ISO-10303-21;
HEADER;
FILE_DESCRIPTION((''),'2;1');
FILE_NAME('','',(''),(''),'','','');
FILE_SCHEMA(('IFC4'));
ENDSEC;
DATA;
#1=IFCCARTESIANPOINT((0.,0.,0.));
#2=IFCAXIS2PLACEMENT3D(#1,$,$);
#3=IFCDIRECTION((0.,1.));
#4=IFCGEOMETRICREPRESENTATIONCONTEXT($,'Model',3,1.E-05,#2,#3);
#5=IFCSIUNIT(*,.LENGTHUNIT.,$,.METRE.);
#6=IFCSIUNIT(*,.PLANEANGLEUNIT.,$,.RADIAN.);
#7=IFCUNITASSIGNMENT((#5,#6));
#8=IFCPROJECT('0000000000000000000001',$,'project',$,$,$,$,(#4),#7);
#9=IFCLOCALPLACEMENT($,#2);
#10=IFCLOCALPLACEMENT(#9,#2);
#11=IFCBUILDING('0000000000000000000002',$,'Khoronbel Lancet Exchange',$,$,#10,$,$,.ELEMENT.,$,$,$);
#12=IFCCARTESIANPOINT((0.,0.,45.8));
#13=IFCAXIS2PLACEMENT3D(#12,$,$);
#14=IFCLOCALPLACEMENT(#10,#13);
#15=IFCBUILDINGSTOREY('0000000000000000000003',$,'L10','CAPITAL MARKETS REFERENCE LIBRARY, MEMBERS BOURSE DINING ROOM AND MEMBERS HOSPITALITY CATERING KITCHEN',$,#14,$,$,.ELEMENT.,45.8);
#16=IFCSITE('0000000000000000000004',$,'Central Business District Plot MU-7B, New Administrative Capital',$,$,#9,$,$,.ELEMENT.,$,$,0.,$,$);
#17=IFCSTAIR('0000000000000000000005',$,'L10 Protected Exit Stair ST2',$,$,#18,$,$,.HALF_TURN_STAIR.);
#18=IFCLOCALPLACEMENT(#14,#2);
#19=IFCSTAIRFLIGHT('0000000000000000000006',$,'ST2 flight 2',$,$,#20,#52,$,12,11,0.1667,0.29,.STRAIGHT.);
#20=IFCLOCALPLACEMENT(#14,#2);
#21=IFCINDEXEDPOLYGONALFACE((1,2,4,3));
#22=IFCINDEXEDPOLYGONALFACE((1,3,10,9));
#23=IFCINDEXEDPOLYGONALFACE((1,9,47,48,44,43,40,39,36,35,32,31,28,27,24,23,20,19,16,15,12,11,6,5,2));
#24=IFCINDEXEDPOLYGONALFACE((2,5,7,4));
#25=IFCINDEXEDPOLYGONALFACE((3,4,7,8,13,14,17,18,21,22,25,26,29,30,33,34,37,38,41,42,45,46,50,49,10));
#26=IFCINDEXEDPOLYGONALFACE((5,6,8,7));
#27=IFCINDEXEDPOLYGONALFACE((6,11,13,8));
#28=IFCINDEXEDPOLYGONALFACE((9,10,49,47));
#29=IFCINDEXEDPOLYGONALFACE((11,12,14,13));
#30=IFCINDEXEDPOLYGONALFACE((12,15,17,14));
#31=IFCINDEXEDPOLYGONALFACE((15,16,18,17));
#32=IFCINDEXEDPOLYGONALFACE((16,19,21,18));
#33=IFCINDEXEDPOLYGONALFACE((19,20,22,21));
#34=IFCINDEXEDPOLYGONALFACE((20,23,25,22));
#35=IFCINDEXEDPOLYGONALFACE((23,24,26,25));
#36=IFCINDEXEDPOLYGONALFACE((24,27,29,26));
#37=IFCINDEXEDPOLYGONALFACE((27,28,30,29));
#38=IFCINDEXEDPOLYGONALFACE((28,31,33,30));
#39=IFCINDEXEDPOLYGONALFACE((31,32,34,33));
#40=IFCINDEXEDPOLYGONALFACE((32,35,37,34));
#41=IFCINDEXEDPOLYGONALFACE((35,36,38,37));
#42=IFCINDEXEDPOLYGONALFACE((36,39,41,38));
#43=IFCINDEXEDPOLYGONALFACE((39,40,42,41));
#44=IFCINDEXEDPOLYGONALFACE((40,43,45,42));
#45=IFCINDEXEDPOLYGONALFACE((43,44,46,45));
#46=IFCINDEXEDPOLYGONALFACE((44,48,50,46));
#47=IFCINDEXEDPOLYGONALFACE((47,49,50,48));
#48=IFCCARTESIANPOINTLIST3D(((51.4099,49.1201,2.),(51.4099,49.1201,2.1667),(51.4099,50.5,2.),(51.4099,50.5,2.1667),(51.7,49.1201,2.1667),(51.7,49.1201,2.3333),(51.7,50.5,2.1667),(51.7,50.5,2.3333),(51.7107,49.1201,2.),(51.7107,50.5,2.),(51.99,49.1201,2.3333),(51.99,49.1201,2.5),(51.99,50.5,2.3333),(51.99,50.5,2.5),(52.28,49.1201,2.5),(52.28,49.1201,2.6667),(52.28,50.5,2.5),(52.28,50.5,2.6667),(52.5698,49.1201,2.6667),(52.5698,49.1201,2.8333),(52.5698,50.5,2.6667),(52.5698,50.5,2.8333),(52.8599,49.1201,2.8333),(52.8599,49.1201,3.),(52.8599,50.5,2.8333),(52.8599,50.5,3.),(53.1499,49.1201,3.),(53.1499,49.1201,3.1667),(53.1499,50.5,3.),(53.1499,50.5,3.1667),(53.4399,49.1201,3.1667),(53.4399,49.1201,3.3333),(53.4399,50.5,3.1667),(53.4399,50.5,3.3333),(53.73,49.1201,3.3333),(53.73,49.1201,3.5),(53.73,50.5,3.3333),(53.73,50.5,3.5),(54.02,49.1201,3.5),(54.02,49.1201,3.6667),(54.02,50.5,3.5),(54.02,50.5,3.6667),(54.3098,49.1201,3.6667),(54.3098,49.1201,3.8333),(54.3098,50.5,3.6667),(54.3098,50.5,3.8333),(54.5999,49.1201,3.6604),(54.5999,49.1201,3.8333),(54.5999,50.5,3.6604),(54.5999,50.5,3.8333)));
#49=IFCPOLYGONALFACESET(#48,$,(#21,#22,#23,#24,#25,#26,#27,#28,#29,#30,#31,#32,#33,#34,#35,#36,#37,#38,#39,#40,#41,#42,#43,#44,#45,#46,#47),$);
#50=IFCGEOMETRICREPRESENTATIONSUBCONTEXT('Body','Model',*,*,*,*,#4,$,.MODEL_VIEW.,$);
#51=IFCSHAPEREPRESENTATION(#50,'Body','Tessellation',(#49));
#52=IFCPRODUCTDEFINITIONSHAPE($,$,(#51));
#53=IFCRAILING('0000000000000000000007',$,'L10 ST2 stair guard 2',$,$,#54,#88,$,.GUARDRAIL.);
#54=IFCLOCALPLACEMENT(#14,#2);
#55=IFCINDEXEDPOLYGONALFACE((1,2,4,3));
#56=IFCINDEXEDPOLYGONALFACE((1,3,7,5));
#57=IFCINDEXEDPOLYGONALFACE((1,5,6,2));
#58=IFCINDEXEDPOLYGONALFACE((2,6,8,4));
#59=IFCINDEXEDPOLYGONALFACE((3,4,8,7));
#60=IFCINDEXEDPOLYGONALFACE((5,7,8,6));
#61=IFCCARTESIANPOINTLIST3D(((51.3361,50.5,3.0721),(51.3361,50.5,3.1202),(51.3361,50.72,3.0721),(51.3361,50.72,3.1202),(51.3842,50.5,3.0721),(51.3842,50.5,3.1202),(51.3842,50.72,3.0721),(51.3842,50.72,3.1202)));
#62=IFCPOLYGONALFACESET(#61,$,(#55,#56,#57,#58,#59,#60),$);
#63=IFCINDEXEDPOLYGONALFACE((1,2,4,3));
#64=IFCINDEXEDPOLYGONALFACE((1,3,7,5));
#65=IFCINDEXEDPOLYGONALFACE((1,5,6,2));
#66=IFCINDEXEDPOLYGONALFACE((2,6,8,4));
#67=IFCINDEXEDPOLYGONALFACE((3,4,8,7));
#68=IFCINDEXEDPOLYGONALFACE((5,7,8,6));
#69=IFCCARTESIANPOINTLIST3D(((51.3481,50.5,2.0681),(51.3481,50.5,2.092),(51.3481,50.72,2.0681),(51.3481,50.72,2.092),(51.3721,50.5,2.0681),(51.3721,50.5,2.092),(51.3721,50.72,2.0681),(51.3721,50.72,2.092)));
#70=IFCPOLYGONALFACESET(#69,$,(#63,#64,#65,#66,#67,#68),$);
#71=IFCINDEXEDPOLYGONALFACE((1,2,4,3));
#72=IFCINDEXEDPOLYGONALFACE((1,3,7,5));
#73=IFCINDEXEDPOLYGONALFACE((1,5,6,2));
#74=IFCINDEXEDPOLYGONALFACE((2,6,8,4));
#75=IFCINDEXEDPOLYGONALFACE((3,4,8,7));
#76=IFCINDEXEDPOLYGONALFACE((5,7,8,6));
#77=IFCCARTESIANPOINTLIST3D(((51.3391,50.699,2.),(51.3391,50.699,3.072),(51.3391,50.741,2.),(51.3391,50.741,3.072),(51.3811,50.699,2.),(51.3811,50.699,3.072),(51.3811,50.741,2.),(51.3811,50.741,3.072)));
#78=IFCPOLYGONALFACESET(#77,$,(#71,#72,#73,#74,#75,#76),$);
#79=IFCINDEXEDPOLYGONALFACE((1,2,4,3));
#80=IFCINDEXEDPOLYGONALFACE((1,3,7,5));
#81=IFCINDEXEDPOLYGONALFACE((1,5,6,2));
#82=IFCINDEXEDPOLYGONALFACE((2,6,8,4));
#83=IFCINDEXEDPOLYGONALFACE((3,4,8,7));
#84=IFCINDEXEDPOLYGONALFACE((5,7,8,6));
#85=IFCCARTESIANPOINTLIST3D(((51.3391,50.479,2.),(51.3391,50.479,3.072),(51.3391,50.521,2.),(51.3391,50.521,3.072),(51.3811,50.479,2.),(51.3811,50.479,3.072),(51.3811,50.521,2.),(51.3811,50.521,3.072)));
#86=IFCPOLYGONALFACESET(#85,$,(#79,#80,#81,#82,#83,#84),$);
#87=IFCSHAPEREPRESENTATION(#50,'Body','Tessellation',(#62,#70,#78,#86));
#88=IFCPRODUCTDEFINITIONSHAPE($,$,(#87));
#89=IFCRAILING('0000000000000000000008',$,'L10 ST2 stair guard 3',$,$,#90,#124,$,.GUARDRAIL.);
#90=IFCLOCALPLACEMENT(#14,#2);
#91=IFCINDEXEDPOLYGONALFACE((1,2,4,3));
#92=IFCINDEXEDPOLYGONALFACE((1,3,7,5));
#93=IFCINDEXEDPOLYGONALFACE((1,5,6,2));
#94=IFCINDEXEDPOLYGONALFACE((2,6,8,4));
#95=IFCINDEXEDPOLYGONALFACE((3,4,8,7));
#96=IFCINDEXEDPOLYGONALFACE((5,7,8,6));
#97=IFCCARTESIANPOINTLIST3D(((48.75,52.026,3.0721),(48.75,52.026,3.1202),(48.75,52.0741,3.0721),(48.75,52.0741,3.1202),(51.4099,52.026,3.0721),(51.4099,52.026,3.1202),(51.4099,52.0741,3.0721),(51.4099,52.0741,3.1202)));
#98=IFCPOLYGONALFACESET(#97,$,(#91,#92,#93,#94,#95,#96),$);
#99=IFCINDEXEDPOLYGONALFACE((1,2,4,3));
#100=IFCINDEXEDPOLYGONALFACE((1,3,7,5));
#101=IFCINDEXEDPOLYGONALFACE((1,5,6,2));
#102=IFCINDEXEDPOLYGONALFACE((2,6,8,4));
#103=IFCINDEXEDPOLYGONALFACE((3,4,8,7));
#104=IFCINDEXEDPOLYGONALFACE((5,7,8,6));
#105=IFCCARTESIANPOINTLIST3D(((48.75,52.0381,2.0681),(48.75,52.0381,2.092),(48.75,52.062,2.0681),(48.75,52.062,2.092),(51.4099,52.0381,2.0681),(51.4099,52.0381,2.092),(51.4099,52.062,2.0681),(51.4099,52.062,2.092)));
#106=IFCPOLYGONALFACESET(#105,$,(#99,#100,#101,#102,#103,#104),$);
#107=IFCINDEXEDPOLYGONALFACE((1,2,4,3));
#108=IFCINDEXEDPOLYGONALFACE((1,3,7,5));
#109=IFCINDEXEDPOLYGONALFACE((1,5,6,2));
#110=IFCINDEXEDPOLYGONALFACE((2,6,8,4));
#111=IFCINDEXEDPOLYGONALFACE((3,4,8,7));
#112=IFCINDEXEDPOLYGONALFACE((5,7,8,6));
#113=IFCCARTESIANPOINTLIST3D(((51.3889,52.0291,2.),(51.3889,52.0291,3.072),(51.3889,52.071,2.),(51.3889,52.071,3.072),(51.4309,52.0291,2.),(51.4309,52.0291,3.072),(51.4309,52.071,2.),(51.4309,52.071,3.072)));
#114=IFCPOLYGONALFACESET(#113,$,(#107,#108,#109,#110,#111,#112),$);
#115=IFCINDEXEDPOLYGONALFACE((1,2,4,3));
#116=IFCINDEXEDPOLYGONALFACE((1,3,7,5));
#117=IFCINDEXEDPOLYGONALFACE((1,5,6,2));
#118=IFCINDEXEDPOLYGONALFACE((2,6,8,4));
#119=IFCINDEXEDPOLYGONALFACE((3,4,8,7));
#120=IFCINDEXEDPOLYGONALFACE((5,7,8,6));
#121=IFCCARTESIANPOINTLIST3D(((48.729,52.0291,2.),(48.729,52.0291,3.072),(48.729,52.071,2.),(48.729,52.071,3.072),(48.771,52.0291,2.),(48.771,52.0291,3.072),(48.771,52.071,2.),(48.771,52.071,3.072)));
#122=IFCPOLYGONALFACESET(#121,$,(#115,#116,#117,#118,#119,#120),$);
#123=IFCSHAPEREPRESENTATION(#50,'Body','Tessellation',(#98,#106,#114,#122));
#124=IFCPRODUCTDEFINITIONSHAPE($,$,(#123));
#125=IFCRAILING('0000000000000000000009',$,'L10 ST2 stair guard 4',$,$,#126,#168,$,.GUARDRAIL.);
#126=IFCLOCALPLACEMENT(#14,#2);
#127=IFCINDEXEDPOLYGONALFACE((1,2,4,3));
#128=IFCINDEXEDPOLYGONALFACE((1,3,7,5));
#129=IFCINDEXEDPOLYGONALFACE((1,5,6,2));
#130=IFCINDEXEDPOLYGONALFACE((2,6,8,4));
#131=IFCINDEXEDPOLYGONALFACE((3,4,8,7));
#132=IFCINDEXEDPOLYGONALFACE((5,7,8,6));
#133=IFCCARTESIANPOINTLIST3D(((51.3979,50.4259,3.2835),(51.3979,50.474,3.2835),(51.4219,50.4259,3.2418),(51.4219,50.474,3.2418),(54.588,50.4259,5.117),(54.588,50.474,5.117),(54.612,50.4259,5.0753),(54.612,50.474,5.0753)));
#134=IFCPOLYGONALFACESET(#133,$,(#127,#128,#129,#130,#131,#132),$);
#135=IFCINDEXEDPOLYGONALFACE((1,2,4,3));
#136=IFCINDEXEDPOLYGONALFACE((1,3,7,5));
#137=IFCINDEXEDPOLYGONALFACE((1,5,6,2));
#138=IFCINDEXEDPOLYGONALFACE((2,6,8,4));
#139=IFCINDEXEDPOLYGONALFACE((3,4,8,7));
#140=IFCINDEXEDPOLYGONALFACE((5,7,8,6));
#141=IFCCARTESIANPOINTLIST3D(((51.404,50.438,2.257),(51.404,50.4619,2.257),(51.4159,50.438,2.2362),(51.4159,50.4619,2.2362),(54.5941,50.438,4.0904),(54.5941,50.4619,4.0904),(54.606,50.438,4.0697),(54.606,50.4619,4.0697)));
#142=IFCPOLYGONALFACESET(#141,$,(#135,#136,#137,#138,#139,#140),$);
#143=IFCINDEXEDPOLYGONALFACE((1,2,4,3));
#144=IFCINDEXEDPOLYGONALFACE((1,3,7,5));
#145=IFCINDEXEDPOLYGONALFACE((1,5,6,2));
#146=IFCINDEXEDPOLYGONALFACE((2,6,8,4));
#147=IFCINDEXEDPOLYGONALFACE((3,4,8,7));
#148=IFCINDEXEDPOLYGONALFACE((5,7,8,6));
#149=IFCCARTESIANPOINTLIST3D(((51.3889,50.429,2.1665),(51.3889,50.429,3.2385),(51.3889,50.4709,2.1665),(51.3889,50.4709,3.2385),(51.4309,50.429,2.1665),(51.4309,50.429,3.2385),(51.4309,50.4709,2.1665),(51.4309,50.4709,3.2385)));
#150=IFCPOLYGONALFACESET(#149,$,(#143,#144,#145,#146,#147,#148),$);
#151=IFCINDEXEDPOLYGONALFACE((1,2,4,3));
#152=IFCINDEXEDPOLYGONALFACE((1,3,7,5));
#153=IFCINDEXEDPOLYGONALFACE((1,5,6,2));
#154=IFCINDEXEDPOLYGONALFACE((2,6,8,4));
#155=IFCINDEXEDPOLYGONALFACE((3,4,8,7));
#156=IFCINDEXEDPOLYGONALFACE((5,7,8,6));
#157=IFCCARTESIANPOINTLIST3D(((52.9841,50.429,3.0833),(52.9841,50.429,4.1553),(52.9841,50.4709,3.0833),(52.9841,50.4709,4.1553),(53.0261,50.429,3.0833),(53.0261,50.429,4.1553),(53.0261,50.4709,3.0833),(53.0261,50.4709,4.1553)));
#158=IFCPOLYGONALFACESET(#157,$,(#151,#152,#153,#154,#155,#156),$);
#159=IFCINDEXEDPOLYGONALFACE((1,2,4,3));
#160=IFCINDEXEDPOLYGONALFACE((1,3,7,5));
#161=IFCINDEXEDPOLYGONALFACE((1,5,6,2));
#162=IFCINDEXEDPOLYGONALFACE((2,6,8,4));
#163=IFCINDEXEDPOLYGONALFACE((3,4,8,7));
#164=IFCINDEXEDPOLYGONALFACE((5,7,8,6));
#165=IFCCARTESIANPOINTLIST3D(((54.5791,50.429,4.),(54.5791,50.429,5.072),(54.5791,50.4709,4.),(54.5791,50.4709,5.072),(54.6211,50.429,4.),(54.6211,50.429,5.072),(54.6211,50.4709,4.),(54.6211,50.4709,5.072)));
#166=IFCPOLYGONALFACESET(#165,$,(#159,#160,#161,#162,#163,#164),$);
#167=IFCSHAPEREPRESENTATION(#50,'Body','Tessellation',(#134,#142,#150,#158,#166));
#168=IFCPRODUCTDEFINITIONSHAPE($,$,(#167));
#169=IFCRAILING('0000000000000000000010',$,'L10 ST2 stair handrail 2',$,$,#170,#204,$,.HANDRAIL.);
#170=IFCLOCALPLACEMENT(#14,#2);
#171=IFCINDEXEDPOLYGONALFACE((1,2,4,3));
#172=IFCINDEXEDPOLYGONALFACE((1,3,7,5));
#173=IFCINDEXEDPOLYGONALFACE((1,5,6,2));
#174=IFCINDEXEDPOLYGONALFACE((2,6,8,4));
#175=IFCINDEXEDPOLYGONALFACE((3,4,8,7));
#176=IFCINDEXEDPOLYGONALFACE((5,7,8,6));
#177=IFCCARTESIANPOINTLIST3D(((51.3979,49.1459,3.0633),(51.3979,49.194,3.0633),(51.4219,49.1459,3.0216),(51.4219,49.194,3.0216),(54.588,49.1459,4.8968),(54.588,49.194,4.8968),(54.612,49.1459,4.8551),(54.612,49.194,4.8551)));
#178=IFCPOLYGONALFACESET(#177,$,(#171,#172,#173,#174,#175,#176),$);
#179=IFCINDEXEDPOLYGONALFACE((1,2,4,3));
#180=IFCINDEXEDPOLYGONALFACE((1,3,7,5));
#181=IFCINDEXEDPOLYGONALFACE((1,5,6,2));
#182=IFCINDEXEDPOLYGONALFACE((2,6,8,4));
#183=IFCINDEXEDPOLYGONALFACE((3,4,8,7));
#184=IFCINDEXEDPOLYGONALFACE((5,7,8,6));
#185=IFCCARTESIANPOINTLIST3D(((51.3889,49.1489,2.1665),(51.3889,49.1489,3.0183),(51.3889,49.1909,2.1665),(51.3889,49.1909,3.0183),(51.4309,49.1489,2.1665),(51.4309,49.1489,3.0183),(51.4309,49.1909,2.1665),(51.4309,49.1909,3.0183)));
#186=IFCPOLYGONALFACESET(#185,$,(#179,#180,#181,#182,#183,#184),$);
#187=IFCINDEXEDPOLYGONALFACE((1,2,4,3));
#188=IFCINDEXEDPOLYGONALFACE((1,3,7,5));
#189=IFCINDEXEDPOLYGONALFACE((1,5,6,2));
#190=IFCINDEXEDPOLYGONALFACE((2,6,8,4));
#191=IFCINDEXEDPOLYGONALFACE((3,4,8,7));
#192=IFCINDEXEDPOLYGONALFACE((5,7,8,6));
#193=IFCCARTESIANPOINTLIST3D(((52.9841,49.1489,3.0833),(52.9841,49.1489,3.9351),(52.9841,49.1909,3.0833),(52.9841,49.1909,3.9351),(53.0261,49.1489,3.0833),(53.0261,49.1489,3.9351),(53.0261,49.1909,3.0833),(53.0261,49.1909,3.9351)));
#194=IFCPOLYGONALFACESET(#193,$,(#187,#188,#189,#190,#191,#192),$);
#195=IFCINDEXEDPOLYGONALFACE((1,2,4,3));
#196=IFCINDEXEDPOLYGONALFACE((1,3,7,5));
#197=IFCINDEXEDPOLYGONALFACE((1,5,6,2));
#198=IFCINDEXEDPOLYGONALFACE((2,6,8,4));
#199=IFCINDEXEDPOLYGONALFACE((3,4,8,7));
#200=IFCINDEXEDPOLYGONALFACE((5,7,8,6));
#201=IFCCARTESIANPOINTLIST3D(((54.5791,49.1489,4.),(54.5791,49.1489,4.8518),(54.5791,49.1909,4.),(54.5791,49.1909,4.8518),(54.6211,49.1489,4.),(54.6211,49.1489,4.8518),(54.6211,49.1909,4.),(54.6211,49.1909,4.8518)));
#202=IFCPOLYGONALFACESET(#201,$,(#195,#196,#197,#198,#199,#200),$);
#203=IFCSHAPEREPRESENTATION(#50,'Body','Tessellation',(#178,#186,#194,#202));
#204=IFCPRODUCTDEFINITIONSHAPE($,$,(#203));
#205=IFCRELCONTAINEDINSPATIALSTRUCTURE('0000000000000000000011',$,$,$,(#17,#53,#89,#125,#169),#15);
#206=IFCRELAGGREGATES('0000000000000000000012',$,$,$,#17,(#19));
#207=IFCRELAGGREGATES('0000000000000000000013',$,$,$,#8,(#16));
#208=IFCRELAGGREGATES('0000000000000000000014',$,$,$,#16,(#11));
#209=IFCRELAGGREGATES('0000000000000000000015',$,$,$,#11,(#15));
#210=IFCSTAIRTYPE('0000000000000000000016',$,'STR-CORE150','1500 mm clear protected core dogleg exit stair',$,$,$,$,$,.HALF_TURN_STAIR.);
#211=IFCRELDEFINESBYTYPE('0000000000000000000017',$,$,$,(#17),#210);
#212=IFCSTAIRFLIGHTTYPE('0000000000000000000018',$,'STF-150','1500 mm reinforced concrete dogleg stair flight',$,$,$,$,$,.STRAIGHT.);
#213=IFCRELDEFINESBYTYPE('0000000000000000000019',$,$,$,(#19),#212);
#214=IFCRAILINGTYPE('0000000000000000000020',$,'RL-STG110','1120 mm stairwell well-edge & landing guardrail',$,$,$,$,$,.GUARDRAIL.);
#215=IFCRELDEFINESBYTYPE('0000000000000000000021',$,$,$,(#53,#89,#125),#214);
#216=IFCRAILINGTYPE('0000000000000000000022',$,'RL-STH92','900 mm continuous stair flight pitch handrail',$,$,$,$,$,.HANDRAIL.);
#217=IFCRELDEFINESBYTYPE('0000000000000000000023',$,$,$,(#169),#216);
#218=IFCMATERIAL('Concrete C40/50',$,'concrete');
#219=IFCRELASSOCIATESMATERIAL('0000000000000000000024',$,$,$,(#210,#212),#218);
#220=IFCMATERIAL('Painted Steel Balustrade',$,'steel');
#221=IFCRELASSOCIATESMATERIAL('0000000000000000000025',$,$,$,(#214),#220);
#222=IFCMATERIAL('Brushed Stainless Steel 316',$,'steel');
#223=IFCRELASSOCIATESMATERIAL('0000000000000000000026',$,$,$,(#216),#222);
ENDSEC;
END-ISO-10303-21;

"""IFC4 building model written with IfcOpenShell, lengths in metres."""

from ifc_helpers import new_model, si_unit, direction, frame, origin, origin_2d, place, context, subcontext, project, spatial, polyline, rectangle, outline, extrude, material, type_object, element, aggregate, save


model = new_model("IFC4")

# Units and contexts
model_context = context("Model", 3, precision=1e-05, world=origin(), true_north=direction((0.0, 1.0)))
body_context = subcontext(model_context, "Body", "Model", "MODEL_VIEW")
ifc_project = project(units=[si_unit("LENGTHUNIT", "METRE"), si_unit("PLANEANGLEUNIT", "RADIAN")], contexts=[model_context])

# Site, building, storey
site_placement = place(None, origin())
site = spatial("IfcSite", under=ifc_project, at=site_placement, Name="Central Business District Plot MU-7B, New Administrative Capital", CompositionType="ELEMENT", RefElevation=0.0)
building_placement = place(site_placement, origin())
building = spatial("IfcBuilding", under=site, at=building_placement, Name="Khoronbel Lancet Exchange", CompositionType="ELEMENT")
storey_placement = place(building_placement, frame((0.0, 0.0, 45.8)))
storey = spatial("IfcBuildingStorey", under=building, at=storey_placement, Name="L10", Description="CAPITAL MARKETS REFERENCE LIBRARY, MEMBERS BOURSE DINING ROOM AND MEMBERS HOSPITALITY CATERING KITCHEN", CompositionType="ELEMENT", Elevation=45.8)

# Stair, stair flight
ifc_material_1 = material(Name="Concrete C40/50", Category="concrete")
stair_type = type_object("IfcStairType", Name="STR-CORE150", Description="1500 mm clear protected core dogleg exit stair", PredefinedType="HALF_TURN_STAIR", material=ifc_material_1)
stair_placement = place(storey_placement, origin())
stair = element("IfcStair", 1, at=stair_placement, inside=storey, type_object=stair_type, Name="L10 Protected Exit Stair ST2", PredefinedType="HALF_TURN_STAIR")
stair_flight_type = type_object("IfcStairFlightType", Name="STF-150", Description="1500 mm reinforced concrete dogleg stair flight", PredefinedType="STRAIGHT", material=ifc_material_1)
stair_flight_placement = place(storey_placement, frame((51.4099, 49.8101, 2.0), z_axis=(0.0, 0.0, 1.0), x_axis=(1.0, 0.0, 0.0)))
stair_flight = element("IfcStairFlight", 2, at=stair_flight_placement, type_object=stair_flight_type, Name="ST2 flight 2", NumberOfRisers=12, NumberOfTreads=11, PredefinedType="STRAIGHT", RiserHeight=0.1667, TreadLength=0.29, context=body_context, shape_type="SweptSolid", body=[
    extrude(outline(polyline([(0.0, 0.0), (0.0, 0.1667), (0.29, 0.1667), (0.29, 0.3333), (0.5801, 0.3333), (0.5801, 0.5), (0.8701, 0.5), (0.8701, 0.6667), (1.1599, 0.6667), (1.1599, 0.8333), (1.45, 0.8333), (1.45, 1.0), (1.74, 1.0), (1.74, 1.1667), (2.03, 1.1667), (2.03, 1.3333), (2.3201, 1.3333), (2.3201, 1.5), (2.6101, 1.5), (2.6101, 1.6667), (2.8999, 1.6667), (2.8999, 1.8333), (3.1899, 1.8333), (3.1899, 2.0), (3.1899, 1.6604), (0.3008, 0.0), (0.0, 0.0)])), frame((0.0, 0.6899, 0.0), z_axis=(0.0, -1.0, 0.0), x_axis=(1.0, 0.0, 0.0)), (0.0, 0.0, 1.0), 1.3799),
])
aggregate(stair, [stair_flight])

# Railings
ifc_material_2 = material(Name="Painted Steel Balustrade", Category="steel")
railing_type_1 = type_object("IfcRailingType", Name="RL-STG110", Description="1120 mm stairwell well-edge & landing guardrail", PredefinedType="GUARDRAIL", material=ifc_material_2)
railing_1_placement = place(storey_placement, frame((51.3601, 50.72, 2.0)))
element("IfcRailing", 3, at=railing_1_placement, inside=storey, type_object=railing_type_1, Name="L10 ST2 stair guard 2", PredefinedType="GUARDRAIL", context=body_context, shape_type="SweptSolid", body=[
    extrude(rectangle(XDim=0.0481, YDim=0.0481, at=origin_2d()), frame((0.0, 0.0, 1.0962), z_axis=(0.0, -1.0, 0.0), x_axis=(1.0, 0.0, 0.0)), (0.0, 0.0, 1.0), 0.22),
    extrude(rectangle(XDim=0.0239, YDim=0.0239, at=origin_2d()), frame((0.0, 0.0, 0.0801), z_axis=(0.0, -1.0, 0.0), x_axis=(1.0, 0.0, 0.0)), (0.0, 0.0, 1.0), 0.22),
    extrude(rectangle(XDim=0.042, YDim=0.042, at=origin_2d()), origin(), (0.0, 0.0, 1.0), 1.072),
    extrude(rectangle(XDim=0.042, YDim=0.042, at=origin_2d()), frame((0.0, -0.22, 0.0)), (0.0, 0.0, 1.0), 1.072),
])
railing_2_placement = place(storey_placement, frame((51.4099, 52.05, 2.0)))
element("IfcRailing", 4, at=railing_2_placement, inside=storey, type_object=railing_type_1, Name="L10 ST2 stair guard 3", PredefinedType="GUARDRAIL", context=body_context, shape_type="SweptSolid", body=[
    extrude(rectangle(XDim=0.0481, YDim=0.0481, at=origin_2d()), frame((0.0, 0.0, 1.0962), z_axis=(-1.0, 0.0, 0.0), x_axis=(0.0, -1.0, 0.0)), (0.0, 0.0, 1.0), 2.6599),
    extrude(rectangle(XDim=0.0239, YDim=0.0239, at=origin_2d()), frame((0.0, 0.0, 0.0801), z_axis=(-1.0, 0.0, 0.0), x_axis=(0.0, -1.0, 0.0)), (0.0, 0.0, 1.0), 2.6599),
    extrude(rectangle(XDim=0.042, YDim=0.042, at=origin_2d()), origin(), (0.0, 0.0, 1.0), 1.072),
    extrude(rectangle(XDim=0.042, YDim=0.042, at=origin_2d()), frame((-2.6599, 0.0, 0.0)), (0.0, 0.0, 1.0), 1.072),
])
railing_3_placement = place(storey_placement, frame((51.4099, 50.45, 2.1665)))
element("IfcRailing", 5, at=railing_3_placement, inside=storey, type_object=railing_type_1, Name="L10 ST2 stair guard 4", PredefinedType="GUARDRAIL", context=body_context, shape_type="SweptSolid", body=[
    extrude(rectangle(XDim=0.0481, YDim=0.0481, at=origin_2d()), frame((0.0, 0.0, 1.0962), z_axis=(0.867007, 0.0, 0.498295), x_axis=(0.0, 1.0, 0.0)), (0.0, 0.0, 1.0), 3.6794),
    extrude(rectangle(XDim=0.0239, YDim=0.0239, at=origin_2d()), frame((0.0, 0.0, 0.0801), z_axis=(0.867007, 0.0, 0.498295), x_axis=(0.0, 1.0, 0.0)), (0.0, 0.0, 1.0), 3.6794),
    extrude(rectangle(XDim=0.042, YDim=0.042, at=origin_2d()), origin(), (0.0, 0.0, 1.0), 1.072),
    extrude(rectangle(XDim=0.042, YDim=0.042, at=origin_2d()), frame((1.5952, 0.0, 0.9167)), (0.0, 0.0, 1.0), 1.072),
    extrude(rectangle(XDim=0.042, YDim=0.042, at=origin_2d()), frame((3.1902, 0.0, 1.8335)), (0.0, 0.0, 1.0), 1.072),
])
ifc_material_3 = material(Name="Brushed Stainless Steel 316", Category="steel")
railing_type_2 = type_object("IfcRailingType", Name="RL-STH92", Description="900 mm continuous stair flight pitch handrail", PredefinedType="HANDRAIL", material=ifc_material_3)
railing_4_placement = place(storey_placement, frame((51.4099, 49.1699, 2.1665)))
element("IfcRailing", 6, at=railing_4_placement, inside=storey, type_object=railing_type_2, Name="L10 ST2 stair handrail 2", PredefinedType="HANDRAIL", context=body_context, shape_type="SweptSolid", body=[
    extrude(rectangle(XDim=0.0481, YDim=0.0481, at=origin_2d()), frame((0.0, 0.0, 0.876), z_axis=(0.867007, 0.0, 0.498295), x_axis=(0.0, 1.0, 0.0)), (0.0, 0.0, 1.0), 3.6794),
    extrude(rectangle(XDim=0.042, YDim=0.042, at=origin_2d()), origin(), (0.0, 0.0, 1.0), 0.8518),
    extrude(rectangle(XDim=0.042, YDim=0.042, at=origin_2d()), frame((1.5952, 0.0, 0.9167)), (0.0, 0.0, 1.0), 0.8518),
    extrude(rectangle(XDim=0.042, YDim=0.042, at=origin_2d()), frame((3.1902, 0.0, 1.8335)), (0.0, 0.0, 1.0), 0.8518),
])

save(model, "model.ifc")
